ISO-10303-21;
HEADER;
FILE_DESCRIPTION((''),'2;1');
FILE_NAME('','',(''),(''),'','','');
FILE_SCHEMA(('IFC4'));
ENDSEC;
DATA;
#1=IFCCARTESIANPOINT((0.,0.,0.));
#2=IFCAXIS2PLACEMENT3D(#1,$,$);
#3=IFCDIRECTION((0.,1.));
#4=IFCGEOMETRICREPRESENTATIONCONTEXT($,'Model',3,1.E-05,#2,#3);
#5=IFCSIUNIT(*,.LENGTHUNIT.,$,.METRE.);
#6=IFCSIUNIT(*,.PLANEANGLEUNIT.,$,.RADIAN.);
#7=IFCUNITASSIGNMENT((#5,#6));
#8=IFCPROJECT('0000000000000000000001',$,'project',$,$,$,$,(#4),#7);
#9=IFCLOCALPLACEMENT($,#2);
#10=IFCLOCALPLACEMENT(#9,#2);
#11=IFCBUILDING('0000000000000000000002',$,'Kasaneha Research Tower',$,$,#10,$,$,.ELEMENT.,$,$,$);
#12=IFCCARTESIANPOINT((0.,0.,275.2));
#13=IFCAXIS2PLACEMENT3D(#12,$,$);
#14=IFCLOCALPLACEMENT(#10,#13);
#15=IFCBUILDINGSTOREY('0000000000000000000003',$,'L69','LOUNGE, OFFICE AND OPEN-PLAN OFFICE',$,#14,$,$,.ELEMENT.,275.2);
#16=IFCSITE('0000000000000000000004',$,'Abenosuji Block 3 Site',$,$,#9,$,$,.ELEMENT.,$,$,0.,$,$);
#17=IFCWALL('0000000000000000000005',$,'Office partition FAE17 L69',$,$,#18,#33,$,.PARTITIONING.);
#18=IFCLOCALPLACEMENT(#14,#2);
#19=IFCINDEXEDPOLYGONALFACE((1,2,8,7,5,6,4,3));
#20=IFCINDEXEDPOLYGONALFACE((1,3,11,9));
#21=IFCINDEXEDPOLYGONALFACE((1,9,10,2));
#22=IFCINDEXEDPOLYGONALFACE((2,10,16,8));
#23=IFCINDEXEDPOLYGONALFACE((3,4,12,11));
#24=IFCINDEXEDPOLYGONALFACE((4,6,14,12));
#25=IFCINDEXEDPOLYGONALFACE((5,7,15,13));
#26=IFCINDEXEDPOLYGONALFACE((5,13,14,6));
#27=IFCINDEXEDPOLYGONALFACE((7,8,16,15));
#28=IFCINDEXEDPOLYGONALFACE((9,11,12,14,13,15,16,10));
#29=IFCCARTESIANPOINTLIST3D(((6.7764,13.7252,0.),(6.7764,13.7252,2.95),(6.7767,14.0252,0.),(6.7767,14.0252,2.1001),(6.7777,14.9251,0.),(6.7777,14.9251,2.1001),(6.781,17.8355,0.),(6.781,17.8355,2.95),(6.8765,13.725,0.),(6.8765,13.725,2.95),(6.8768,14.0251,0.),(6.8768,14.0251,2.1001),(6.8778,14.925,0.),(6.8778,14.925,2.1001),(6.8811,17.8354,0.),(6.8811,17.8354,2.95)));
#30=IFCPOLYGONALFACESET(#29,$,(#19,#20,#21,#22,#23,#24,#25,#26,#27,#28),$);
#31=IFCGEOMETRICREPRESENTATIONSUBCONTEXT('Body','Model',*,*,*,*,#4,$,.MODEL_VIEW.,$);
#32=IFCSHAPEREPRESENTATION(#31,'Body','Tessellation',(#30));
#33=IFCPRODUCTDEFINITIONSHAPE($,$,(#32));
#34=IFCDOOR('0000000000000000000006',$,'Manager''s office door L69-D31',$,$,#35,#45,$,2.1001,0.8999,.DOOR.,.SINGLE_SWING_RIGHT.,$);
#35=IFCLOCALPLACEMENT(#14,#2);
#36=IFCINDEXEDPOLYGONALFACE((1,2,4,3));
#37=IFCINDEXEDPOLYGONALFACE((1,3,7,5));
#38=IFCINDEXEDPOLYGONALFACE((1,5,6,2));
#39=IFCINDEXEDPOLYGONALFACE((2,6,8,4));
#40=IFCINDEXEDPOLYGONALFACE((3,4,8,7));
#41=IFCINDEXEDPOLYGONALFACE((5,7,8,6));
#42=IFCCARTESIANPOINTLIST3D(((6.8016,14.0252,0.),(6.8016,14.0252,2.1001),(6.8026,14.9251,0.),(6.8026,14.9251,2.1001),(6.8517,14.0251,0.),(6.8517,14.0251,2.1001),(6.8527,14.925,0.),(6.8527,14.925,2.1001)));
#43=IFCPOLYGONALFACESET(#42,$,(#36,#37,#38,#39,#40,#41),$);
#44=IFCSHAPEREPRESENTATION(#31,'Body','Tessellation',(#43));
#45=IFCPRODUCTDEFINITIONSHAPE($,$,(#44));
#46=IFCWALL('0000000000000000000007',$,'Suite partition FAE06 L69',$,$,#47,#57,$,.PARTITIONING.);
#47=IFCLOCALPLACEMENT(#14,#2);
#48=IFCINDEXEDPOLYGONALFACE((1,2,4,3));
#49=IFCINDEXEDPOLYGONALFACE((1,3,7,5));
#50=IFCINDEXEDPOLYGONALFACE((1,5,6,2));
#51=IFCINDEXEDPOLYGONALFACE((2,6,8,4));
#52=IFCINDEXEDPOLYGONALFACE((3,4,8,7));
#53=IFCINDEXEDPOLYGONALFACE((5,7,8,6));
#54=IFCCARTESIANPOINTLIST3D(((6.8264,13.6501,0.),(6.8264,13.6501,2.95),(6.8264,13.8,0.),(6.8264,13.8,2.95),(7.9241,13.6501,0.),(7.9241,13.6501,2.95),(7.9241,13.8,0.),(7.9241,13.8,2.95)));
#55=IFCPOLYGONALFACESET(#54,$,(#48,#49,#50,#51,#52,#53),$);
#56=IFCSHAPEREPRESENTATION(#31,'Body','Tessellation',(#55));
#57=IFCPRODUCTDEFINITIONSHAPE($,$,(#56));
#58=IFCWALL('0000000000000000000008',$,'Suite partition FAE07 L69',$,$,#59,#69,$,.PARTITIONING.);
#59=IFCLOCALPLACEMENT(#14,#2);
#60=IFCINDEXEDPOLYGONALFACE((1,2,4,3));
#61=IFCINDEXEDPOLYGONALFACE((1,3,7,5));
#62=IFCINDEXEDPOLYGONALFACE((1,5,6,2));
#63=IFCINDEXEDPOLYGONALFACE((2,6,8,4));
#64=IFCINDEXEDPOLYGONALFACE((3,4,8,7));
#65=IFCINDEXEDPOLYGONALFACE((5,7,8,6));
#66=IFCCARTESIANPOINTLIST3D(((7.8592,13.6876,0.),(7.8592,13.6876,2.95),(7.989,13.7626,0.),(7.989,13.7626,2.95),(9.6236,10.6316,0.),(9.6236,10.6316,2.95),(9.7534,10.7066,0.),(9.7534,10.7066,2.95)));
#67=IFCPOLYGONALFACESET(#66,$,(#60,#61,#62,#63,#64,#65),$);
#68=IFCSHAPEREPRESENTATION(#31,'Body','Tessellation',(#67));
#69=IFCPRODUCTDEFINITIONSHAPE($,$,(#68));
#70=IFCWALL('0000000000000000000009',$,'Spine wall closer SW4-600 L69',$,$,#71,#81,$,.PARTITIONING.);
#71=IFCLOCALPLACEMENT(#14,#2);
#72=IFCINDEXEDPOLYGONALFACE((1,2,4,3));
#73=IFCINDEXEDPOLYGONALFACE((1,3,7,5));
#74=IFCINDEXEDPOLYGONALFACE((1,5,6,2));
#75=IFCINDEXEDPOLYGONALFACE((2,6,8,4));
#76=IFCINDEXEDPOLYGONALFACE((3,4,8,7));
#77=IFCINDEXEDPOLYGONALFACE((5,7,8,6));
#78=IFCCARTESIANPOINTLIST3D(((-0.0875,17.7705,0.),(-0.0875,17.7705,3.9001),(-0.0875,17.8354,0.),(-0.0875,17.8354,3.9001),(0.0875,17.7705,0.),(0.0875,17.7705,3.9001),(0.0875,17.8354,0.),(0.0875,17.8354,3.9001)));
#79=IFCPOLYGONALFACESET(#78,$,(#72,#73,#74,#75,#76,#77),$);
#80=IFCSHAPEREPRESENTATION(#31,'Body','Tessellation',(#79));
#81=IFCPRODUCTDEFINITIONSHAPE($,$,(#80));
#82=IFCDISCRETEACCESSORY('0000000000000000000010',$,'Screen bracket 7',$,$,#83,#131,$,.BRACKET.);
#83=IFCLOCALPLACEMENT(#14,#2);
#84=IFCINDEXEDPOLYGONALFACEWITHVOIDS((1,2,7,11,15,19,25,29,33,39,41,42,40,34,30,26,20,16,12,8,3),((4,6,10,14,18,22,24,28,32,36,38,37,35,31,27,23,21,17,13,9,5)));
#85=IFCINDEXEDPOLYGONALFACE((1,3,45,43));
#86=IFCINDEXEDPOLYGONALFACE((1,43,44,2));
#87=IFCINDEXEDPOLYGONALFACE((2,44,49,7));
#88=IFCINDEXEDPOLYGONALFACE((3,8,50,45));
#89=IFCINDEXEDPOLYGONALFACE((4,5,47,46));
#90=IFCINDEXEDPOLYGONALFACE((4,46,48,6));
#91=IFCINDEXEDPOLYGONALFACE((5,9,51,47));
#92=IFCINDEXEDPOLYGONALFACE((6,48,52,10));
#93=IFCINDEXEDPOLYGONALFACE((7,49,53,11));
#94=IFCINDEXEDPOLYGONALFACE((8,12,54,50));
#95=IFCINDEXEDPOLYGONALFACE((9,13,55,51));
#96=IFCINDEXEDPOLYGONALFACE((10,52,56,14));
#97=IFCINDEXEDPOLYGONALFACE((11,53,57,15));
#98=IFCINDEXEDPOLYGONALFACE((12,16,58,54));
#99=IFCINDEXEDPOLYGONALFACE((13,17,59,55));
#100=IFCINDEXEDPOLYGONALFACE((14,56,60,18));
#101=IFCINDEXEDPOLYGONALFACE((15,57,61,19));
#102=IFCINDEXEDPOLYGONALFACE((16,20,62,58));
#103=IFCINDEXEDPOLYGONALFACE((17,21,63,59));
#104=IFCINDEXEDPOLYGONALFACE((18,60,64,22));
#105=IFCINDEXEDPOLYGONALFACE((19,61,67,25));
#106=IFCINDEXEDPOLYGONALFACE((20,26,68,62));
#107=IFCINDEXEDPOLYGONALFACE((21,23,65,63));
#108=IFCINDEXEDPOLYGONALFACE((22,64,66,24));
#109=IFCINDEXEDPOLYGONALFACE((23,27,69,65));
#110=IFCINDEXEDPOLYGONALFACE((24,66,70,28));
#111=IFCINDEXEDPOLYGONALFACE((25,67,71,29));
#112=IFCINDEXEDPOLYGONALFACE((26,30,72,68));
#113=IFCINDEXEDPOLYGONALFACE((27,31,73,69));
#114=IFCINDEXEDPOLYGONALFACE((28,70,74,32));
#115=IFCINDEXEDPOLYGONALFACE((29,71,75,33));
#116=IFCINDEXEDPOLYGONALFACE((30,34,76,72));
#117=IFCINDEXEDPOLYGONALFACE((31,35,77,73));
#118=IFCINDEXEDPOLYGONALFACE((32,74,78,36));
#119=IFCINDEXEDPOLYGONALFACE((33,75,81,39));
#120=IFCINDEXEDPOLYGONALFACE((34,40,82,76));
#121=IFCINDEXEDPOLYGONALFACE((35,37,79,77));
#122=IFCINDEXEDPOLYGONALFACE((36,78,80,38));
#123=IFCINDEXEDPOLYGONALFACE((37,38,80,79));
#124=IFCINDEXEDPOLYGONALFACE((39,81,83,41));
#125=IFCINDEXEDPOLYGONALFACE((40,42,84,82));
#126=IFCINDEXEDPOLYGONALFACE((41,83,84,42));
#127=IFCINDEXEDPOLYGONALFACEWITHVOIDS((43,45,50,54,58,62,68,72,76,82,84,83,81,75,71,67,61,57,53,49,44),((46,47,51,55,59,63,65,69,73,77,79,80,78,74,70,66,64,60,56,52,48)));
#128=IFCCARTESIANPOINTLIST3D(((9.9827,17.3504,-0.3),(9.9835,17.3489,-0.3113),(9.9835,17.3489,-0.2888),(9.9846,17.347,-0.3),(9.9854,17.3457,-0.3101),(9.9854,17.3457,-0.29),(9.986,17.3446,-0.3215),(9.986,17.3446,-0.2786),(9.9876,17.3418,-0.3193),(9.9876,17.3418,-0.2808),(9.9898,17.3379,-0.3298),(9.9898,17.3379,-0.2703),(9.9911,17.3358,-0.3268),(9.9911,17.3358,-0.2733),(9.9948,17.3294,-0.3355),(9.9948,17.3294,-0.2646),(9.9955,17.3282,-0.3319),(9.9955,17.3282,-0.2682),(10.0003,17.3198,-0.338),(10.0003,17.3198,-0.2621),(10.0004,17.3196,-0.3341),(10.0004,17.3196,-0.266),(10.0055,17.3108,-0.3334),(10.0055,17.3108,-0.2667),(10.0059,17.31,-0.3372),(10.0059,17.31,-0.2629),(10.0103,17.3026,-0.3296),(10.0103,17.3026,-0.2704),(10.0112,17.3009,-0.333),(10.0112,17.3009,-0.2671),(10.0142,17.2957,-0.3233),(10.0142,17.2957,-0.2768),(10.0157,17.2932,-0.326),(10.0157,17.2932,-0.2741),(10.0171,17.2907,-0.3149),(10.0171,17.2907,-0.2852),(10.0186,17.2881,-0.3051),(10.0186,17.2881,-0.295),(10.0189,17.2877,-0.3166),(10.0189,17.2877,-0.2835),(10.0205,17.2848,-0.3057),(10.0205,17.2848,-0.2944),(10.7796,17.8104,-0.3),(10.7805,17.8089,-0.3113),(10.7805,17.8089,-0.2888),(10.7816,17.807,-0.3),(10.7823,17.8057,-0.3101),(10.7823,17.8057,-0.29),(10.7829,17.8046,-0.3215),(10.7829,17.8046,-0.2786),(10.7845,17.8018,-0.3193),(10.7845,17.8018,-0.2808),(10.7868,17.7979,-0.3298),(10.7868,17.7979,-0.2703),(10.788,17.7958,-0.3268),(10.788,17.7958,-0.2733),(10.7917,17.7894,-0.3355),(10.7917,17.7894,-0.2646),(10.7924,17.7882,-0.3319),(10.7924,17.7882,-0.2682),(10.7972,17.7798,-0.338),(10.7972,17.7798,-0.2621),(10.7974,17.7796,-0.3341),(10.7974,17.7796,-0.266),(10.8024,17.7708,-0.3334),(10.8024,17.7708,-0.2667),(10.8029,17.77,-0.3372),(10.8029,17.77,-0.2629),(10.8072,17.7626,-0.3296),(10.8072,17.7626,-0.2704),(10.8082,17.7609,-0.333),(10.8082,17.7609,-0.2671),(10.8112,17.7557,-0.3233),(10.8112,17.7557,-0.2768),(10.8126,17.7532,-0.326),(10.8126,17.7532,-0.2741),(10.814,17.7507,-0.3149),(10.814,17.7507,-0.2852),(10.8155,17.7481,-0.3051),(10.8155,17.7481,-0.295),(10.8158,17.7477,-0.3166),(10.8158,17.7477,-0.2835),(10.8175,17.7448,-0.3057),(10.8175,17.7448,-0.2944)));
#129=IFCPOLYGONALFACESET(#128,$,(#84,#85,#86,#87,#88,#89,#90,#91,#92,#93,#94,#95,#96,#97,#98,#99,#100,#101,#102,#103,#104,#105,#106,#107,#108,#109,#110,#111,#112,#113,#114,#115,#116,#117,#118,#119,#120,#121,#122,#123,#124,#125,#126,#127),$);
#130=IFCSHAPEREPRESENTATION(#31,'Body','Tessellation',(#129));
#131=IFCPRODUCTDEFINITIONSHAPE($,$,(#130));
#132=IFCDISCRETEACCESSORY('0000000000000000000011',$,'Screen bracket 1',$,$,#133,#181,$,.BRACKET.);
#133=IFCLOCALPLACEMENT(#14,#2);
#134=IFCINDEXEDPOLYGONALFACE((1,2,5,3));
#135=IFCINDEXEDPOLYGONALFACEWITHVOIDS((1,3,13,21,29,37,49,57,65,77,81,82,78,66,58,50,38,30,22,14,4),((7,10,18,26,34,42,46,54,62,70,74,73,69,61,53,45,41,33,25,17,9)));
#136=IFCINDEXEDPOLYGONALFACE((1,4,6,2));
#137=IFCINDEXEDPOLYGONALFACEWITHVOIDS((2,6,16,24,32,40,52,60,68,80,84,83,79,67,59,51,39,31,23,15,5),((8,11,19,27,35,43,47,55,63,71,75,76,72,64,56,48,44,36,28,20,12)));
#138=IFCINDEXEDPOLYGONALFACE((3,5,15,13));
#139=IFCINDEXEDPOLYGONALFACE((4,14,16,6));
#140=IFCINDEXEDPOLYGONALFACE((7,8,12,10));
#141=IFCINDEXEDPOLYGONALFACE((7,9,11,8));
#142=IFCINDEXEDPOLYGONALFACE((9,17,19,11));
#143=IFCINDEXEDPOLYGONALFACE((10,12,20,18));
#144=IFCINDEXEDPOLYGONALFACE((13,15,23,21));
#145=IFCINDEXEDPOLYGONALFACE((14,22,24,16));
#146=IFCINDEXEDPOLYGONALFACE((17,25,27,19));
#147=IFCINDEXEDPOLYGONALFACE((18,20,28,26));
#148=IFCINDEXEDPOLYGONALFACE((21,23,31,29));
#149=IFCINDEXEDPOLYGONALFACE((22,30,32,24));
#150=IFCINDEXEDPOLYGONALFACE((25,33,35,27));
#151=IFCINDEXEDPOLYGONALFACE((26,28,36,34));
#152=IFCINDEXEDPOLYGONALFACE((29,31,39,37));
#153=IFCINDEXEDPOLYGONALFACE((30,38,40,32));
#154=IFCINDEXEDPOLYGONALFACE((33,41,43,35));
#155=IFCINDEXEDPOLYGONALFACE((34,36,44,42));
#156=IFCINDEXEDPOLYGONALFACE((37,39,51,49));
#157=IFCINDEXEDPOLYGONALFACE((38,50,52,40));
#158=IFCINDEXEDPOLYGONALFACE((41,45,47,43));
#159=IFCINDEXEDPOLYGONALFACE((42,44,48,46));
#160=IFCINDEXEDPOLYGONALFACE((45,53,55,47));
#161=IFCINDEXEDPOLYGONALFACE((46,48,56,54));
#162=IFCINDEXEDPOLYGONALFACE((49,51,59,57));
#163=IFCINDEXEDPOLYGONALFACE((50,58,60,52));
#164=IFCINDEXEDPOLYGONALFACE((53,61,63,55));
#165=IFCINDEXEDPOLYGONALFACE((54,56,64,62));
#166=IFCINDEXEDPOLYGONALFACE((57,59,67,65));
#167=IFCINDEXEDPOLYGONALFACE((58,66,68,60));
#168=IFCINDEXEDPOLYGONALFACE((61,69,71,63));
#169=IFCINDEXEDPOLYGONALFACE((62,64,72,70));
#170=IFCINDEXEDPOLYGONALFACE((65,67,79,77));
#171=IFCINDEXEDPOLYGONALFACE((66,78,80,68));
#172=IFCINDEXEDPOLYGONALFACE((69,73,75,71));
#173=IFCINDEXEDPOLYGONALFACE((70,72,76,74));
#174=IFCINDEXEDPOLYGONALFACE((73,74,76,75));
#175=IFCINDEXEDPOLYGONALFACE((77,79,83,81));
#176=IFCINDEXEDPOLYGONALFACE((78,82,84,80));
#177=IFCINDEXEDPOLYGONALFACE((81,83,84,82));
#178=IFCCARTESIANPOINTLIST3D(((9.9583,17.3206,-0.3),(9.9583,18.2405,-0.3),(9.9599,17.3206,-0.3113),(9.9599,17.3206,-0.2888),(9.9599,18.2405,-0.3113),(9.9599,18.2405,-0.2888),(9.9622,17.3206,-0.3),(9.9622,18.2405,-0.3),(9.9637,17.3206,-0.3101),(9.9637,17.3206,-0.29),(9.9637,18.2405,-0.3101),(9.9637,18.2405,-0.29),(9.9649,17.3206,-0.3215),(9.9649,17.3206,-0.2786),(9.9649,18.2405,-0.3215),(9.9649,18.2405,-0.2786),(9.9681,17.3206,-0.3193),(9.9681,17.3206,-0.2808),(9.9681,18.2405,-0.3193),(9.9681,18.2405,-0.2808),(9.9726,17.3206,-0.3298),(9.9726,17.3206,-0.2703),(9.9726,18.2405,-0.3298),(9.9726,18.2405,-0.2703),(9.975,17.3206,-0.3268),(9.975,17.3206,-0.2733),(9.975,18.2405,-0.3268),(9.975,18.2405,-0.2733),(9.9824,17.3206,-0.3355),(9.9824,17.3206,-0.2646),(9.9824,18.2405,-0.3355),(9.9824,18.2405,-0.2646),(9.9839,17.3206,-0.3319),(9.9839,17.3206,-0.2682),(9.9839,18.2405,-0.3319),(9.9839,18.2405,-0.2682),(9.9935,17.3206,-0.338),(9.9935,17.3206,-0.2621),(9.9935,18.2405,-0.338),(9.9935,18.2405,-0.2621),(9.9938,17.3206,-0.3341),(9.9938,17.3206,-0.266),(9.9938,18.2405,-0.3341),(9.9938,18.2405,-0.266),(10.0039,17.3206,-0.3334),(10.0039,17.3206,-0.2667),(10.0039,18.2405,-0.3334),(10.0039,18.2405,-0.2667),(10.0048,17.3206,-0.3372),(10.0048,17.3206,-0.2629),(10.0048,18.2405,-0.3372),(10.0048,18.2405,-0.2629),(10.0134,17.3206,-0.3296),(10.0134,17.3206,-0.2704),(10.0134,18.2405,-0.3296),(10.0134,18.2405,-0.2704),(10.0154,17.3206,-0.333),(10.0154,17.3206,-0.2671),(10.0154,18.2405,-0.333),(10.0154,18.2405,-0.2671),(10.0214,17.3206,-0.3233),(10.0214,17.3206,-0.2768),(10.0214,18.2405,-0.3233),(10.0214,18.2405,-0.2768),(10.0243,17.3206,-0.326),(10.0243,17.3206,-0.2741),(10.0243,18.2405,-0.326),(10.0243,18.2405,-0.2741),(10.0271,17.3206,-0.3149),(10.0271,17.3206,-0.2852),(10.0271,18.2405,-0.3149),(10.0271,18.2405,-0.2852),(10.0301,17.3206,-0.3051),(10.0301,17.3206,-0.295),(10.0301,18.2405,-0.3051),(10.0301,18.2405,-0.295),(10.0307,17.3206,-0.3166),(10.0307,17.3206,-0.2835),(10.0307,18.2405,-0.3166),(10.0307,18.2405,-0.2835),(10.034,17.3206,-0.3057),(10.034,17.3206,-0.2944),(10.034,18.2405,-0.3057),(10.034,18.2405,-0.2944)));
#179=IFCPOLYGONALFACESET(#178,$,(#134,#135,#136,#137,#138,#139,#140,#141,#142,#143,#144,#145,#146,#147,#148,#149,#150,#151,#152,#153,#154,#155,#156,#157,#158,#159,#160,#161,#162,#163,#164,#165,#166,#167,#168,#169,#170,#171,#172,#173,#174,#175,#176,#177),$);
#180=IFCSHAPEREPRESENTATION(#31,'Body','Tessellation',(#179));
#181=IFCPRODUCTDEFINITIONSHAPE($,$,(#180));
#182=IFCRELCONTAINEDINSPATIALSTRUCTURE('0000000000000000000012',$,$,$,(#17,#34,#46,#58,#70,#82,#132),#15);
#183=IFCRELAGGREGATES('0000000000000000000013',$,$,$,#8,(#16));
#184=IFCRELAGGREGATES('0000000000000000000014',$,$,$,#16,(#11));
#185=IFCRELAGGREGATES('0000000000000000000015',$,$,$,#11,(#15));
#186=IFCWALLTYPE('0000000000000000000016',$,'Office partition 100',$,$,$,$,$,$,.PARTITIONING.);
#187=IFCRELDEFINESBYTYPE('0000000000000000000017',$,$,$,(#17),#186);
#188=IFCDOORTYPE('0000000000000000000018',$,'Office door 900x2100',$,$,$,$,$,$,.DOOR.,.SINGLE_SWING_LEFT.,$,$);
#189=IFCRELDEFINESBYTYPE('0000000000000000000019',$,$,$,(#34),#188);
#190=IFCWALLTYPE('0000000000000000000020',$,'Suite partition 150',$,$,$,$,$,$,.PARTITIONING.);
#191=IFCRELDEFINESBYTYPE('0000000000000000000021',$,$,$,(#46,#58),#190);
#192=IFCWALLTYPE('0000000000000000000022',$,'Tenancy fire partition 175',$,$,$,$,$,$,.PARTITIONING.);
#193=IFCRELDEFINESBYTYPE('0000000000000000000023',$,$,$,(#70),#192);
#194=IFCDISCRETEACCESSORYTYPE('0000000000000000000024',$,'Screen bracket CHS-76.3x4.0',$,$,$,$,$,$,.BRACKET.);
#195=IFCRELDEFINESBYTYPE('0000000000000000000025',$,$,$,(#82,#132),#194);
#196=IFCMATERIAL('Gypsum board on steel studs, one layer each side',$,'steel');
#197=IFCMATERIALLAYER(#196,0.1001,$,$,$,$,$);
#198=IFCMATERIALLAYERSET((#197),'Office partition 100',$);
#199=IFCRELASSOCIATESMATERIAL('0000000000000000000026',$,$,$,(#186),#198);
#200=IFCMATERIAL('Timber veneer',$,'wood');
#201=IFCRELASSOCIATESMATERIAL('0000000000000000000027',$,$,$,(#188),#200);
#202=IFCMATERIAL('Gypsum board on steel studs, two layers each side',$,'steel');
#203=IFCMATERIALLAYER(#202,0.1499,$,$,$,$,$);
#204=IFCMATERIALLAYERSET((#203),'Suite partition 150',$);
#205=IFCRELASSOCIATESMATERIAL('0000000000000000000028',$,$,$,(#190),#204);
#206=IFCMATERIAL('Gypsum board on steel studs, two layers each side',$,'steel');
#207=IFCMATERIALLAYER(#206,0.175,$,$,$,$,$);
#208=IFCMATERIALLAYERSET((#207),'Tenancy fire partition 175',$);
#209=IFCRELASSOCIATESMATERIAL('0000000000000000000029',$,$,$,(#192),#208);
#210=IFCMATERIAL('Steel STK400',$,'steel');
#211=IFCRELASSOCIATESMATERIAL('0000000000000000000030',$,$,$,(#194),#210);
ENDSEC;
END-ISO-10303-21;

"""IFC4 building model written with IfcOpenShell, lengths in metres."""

from ifc_helpers import new_model, si_unit, direction, frame, frame_2d, origin, origin_2d, place, context, subcontext, project, spatial, rectangle, hollow_circle, extrude, material, layer, layer_set, material_profile, profile_set, type_object, element, fill, save


model = new_model("IFC4")

# Units and contexts
model_context = context("Model", 3, precision=1e-05, world=origin(), true_north=direction((0.0, 1.0)))
body_context = subcontext(model_context, "Body", "Model", "MODEL_VIEW")
ifc_project = project(units=[si_unit("LENGTHUNIT", "METRE"), si_unit("PLANEANGLEUNIT", "RADIAN")], contexts=[model_context])

# Site, building, storey
site_placement = place(None, origin())
site = spatial("IfcSite", under=ifc_project, at=site_placement, Name="Abenosuji Block 3 Site", CompositionType="ELEMENT", RefElevation=0.0)
building_placement = place(site_placement, origin())
building = spatial("IfcBuilding", under=site, at=building_placement, Name="Kasaneha Research Tower", CompositionType="ELEMENT")
storey_placement = place(building_placement, frame((0.0, 0.0, 275.2)))
storey = spatial("IfcBuildingStorey", under=building, at=storey_placement, Name="L69", Description="LOUNGE, OFFICE AND OPEN-PLAN OFFICE", CompositionType="ELEMENT", Elevation=275.2)

# Shared definitions
ifc_material_1 = material(Name="Gypsum board on steel studs, one layer each side", Category="steel")
ifc_layer_1 = layer(ifc_material_1, 0.1001)
ifc_layer_set_1 = layer_set([ifc_layer_1], Name="Office partition 100")
wall_type_1 = type_object("IfcWallType", Name="Office partition 100", PredefinedType="PARTITIONING", material=ifc_layer_set_1)

# Wall, opening, door
wall_1_placement = place(storey_placement, frame((6.8311, 17.8354, 0.0), z_axis=(0.0, 0.0, 1.0), x_axis=(-0.001129, -0.999999, 0.0)))
wall_1 = element("IfcWall", 1, at=wall_1_placement, inside=storey, type_object=wall_type_1, Name="Office partition FAE17 L69", PredefinedType="PARTITIONING", context=body_context, shape_type="SweptSolid", body=[
    extrude(rectangle(XDim=4.1104, YDim=0.1001, at=frame_2d((2.0552, 0.0))), origin(), (0.0, 0.0, 1.0), 2.95),
])
opening_placement = place(wall_1_placement, frame((2.9104, 0.0, 0.0)))
opening = element("IfcOpeningElement", 2, at=opening_placement, cuts=wall_1, PredefinedType="OPENING", context=body_context, shape_type="SweptSolid", body=[
    extrude(rectangle(XDim=0.8999, YDim=2.1001, at=frame_2d((0.45, 1.05))), frame((0.0, 0.0601, 0.0), z_axis=(0.0, -1.0, 0.0), x_axis=(1.0, 0.0, 0.0)), (0.0, 0.0, 1.0), 0.1201),
])
ifc_material_2 = material(Name="Timber veneer", Category="wood")
door_type = type_object("IfcDoorType", Name="Office door 900x2100", OperationType="SINGLE_SWING_LEFT", PredefinedType="DOOR", material=ifc_material_2)
door_placement = place(opening_placement, origin())
door = element("IfcDoor", 3, at=door_placement, inside=storey, type_object=door_type, Name="Manager's office door L69-D31", OperationType="SINGLE_SWING_RIGHT", OverallHeight=2.1001, OverallWidth=0.8999, PredefinedType="DOOR", context=body_context, shape_type="SweptSolid", body=[
    extrude(rectangle(XDim=0.8999, YDim=2.1001, at=frame_2d((0.45, 1.05))), frame((0.0, 0.0249, 0.0), z_axis=(0.0, -1.0, 0.0), x_axis=(1.0, 0.0, 0.0)), (0.0, 0.0, 1.0), 0.05),
])
fill(opening, door)

# Walls
ifc_material_3 = material(Name="Gypsum board on steel studs, two layers each side", Category="steel")
ifc_layer_2 = layer(ifc_material_3, 0.1499)
ifc_layer_set_2 = layer_set([ifc_layer_2], Name="Suite partition 150")
wall_type_2 = type_object("IfcWallType", Name="Suite partition 150", PredefinedType="PARTITIONING", material=ifc_layer_set_2)
wall_2_placement = place(storey_placement, frame((6.8264, 13.7251, 0.0), z_axis=(0.0, 0.0, 1.0), x_axis=(1.0, 0.0, 0.0)))
element("IfcWall", 4, at=wall_2_placement, inside=storey, type_object=wall_type_2, Name="Suite partition FAE06 L69", PredefinedType="PARTITIONING", context=body_context, shape_type="SweptSolid", body=[
    extrude(rectangle(XDim=1.0977, YDim=0.1499, at=frame_2d((0.5488, 0.0))), origin(), (0.0, 0.0, 1.0), 2.95),
])
wall_3_placement = place(storey_placement, frame((7.9241, 13.7251, 0.0), z_axis=(0.0, 0.0, 1.0), x_axis=(0.500016, -0.866016, 0.0)))
element("IfcWall", 5, at=wall_3_placement, inside=storey, type_object=wall_type_2, Name="Suite partition FAE07 L69", PredefinedType="PARTITIONING", context=body_context, shape_type="SweptSolid", body=[
    extrude(rectangle(XDim=3.5288, YDim=0.1499, at=frame_2d((1.7644, 0.0))), origin(), (0.0, 0.0, 1.0), 2.95),
])
ifc_material_4 = material(Name="Gypsum board on steel studs, two layers each side", Category="steel")
ifc_layer_3 = layer(ifc_material_4, 0.175)
ifc_layer_set_3 = layer_set([ifc_layer_3], Name="Tenancy fire partition 175")
wall_type_3 = type_object("IfcWallType", Name="Tenancy fire partition 175", PredefinedType="PARTITIONING", material=ifc_layer_set_3)
wall_4_placement = place(storey_placement, frame((0.0, 17.7705, 0.0), z_axis=(0.0, 0.0, 1.0), x_axis=(0.0, 1.0, 0.0)))
element("IfcWall", 6, at=wall_4_placement, inside=storey, type_object=wall_type_3, Name="Spine wall closer SW4-600 L69", PredefinedType="PARTITIONING", context=body_context, shape_type="SweptSolid", body=[
    extrude(rectangle(XDim=0.0649, YDim=0.175, at=frame_2d((0.0325, 0.0))), origin(), (0.0, 0.0, 1.0), 3.9001),
])

# Discrete accessories
ifc_material_5 = material(Name="Steel STK400", Category="steel")
ifc_material_profile_1 = material_profile(ifc_material_5, hollow_circle(Radius=0.0381, WallThickness=0.0039, at=origin_2d()), Name="CHS-76.3x4.0")
ifc_profile_set_1 = profile_set([ifc_material_profile_1], Name="Steel STK400")
discrete_accessory_type = type_object("IfcDiscreteAccessoryType", Name="Screen bracket CHS-76.3x4.0", PredefinedType="BRACKET", material=ifc_profile_set_1)
discrete_accessory_placement = place(storey_placement, frame((10.0017, 17.3174, -0.3), z_axis=(0.86608, 0.499906, 0.0), x_axis=(-0.499906, 0.86608, 0.0)))
element("IfcDiscreteAccessory", 7, at=discrete_accessory_placement, inside=storey, type_object=discrete_accessory_type, Name="Screen bracket 7", PredefinedType="BRACKET", context=body_context, shape_type="SweptSolid", body=[
    extrude(hollow_circle(Radius=0.0381, WallThickness=0.0039, at=origin_2d()), origin(), (0.0, 0.0, 1.0), 0.9202),
])
for number, where, z_axis, x_axis, name in (
    (8, (9.9963, 17.3206, -0.3), (0.0, 1.0, 0.0), (-1.0, 0.0, 0.0), "Screen bracket 1"),
):
    element("IfcDiscreteAccessory", number, at=place(storey_placement, frame(where, z_axis=z_axis, x_axis=x_axis)), inside=storey, type_object=discrete_accessory_type, Name=name, PredefinedType="BRACKET", context=body_context, shape_type="SweptSolid", body=[
        extrude(hollow_circle(Radius=0.0381, WallThickness=0.0039, at=origin_2d()), origin(), (0.0, 0.0, 1.0), 0.9199),
    ])

save(model, "model.ifc")
